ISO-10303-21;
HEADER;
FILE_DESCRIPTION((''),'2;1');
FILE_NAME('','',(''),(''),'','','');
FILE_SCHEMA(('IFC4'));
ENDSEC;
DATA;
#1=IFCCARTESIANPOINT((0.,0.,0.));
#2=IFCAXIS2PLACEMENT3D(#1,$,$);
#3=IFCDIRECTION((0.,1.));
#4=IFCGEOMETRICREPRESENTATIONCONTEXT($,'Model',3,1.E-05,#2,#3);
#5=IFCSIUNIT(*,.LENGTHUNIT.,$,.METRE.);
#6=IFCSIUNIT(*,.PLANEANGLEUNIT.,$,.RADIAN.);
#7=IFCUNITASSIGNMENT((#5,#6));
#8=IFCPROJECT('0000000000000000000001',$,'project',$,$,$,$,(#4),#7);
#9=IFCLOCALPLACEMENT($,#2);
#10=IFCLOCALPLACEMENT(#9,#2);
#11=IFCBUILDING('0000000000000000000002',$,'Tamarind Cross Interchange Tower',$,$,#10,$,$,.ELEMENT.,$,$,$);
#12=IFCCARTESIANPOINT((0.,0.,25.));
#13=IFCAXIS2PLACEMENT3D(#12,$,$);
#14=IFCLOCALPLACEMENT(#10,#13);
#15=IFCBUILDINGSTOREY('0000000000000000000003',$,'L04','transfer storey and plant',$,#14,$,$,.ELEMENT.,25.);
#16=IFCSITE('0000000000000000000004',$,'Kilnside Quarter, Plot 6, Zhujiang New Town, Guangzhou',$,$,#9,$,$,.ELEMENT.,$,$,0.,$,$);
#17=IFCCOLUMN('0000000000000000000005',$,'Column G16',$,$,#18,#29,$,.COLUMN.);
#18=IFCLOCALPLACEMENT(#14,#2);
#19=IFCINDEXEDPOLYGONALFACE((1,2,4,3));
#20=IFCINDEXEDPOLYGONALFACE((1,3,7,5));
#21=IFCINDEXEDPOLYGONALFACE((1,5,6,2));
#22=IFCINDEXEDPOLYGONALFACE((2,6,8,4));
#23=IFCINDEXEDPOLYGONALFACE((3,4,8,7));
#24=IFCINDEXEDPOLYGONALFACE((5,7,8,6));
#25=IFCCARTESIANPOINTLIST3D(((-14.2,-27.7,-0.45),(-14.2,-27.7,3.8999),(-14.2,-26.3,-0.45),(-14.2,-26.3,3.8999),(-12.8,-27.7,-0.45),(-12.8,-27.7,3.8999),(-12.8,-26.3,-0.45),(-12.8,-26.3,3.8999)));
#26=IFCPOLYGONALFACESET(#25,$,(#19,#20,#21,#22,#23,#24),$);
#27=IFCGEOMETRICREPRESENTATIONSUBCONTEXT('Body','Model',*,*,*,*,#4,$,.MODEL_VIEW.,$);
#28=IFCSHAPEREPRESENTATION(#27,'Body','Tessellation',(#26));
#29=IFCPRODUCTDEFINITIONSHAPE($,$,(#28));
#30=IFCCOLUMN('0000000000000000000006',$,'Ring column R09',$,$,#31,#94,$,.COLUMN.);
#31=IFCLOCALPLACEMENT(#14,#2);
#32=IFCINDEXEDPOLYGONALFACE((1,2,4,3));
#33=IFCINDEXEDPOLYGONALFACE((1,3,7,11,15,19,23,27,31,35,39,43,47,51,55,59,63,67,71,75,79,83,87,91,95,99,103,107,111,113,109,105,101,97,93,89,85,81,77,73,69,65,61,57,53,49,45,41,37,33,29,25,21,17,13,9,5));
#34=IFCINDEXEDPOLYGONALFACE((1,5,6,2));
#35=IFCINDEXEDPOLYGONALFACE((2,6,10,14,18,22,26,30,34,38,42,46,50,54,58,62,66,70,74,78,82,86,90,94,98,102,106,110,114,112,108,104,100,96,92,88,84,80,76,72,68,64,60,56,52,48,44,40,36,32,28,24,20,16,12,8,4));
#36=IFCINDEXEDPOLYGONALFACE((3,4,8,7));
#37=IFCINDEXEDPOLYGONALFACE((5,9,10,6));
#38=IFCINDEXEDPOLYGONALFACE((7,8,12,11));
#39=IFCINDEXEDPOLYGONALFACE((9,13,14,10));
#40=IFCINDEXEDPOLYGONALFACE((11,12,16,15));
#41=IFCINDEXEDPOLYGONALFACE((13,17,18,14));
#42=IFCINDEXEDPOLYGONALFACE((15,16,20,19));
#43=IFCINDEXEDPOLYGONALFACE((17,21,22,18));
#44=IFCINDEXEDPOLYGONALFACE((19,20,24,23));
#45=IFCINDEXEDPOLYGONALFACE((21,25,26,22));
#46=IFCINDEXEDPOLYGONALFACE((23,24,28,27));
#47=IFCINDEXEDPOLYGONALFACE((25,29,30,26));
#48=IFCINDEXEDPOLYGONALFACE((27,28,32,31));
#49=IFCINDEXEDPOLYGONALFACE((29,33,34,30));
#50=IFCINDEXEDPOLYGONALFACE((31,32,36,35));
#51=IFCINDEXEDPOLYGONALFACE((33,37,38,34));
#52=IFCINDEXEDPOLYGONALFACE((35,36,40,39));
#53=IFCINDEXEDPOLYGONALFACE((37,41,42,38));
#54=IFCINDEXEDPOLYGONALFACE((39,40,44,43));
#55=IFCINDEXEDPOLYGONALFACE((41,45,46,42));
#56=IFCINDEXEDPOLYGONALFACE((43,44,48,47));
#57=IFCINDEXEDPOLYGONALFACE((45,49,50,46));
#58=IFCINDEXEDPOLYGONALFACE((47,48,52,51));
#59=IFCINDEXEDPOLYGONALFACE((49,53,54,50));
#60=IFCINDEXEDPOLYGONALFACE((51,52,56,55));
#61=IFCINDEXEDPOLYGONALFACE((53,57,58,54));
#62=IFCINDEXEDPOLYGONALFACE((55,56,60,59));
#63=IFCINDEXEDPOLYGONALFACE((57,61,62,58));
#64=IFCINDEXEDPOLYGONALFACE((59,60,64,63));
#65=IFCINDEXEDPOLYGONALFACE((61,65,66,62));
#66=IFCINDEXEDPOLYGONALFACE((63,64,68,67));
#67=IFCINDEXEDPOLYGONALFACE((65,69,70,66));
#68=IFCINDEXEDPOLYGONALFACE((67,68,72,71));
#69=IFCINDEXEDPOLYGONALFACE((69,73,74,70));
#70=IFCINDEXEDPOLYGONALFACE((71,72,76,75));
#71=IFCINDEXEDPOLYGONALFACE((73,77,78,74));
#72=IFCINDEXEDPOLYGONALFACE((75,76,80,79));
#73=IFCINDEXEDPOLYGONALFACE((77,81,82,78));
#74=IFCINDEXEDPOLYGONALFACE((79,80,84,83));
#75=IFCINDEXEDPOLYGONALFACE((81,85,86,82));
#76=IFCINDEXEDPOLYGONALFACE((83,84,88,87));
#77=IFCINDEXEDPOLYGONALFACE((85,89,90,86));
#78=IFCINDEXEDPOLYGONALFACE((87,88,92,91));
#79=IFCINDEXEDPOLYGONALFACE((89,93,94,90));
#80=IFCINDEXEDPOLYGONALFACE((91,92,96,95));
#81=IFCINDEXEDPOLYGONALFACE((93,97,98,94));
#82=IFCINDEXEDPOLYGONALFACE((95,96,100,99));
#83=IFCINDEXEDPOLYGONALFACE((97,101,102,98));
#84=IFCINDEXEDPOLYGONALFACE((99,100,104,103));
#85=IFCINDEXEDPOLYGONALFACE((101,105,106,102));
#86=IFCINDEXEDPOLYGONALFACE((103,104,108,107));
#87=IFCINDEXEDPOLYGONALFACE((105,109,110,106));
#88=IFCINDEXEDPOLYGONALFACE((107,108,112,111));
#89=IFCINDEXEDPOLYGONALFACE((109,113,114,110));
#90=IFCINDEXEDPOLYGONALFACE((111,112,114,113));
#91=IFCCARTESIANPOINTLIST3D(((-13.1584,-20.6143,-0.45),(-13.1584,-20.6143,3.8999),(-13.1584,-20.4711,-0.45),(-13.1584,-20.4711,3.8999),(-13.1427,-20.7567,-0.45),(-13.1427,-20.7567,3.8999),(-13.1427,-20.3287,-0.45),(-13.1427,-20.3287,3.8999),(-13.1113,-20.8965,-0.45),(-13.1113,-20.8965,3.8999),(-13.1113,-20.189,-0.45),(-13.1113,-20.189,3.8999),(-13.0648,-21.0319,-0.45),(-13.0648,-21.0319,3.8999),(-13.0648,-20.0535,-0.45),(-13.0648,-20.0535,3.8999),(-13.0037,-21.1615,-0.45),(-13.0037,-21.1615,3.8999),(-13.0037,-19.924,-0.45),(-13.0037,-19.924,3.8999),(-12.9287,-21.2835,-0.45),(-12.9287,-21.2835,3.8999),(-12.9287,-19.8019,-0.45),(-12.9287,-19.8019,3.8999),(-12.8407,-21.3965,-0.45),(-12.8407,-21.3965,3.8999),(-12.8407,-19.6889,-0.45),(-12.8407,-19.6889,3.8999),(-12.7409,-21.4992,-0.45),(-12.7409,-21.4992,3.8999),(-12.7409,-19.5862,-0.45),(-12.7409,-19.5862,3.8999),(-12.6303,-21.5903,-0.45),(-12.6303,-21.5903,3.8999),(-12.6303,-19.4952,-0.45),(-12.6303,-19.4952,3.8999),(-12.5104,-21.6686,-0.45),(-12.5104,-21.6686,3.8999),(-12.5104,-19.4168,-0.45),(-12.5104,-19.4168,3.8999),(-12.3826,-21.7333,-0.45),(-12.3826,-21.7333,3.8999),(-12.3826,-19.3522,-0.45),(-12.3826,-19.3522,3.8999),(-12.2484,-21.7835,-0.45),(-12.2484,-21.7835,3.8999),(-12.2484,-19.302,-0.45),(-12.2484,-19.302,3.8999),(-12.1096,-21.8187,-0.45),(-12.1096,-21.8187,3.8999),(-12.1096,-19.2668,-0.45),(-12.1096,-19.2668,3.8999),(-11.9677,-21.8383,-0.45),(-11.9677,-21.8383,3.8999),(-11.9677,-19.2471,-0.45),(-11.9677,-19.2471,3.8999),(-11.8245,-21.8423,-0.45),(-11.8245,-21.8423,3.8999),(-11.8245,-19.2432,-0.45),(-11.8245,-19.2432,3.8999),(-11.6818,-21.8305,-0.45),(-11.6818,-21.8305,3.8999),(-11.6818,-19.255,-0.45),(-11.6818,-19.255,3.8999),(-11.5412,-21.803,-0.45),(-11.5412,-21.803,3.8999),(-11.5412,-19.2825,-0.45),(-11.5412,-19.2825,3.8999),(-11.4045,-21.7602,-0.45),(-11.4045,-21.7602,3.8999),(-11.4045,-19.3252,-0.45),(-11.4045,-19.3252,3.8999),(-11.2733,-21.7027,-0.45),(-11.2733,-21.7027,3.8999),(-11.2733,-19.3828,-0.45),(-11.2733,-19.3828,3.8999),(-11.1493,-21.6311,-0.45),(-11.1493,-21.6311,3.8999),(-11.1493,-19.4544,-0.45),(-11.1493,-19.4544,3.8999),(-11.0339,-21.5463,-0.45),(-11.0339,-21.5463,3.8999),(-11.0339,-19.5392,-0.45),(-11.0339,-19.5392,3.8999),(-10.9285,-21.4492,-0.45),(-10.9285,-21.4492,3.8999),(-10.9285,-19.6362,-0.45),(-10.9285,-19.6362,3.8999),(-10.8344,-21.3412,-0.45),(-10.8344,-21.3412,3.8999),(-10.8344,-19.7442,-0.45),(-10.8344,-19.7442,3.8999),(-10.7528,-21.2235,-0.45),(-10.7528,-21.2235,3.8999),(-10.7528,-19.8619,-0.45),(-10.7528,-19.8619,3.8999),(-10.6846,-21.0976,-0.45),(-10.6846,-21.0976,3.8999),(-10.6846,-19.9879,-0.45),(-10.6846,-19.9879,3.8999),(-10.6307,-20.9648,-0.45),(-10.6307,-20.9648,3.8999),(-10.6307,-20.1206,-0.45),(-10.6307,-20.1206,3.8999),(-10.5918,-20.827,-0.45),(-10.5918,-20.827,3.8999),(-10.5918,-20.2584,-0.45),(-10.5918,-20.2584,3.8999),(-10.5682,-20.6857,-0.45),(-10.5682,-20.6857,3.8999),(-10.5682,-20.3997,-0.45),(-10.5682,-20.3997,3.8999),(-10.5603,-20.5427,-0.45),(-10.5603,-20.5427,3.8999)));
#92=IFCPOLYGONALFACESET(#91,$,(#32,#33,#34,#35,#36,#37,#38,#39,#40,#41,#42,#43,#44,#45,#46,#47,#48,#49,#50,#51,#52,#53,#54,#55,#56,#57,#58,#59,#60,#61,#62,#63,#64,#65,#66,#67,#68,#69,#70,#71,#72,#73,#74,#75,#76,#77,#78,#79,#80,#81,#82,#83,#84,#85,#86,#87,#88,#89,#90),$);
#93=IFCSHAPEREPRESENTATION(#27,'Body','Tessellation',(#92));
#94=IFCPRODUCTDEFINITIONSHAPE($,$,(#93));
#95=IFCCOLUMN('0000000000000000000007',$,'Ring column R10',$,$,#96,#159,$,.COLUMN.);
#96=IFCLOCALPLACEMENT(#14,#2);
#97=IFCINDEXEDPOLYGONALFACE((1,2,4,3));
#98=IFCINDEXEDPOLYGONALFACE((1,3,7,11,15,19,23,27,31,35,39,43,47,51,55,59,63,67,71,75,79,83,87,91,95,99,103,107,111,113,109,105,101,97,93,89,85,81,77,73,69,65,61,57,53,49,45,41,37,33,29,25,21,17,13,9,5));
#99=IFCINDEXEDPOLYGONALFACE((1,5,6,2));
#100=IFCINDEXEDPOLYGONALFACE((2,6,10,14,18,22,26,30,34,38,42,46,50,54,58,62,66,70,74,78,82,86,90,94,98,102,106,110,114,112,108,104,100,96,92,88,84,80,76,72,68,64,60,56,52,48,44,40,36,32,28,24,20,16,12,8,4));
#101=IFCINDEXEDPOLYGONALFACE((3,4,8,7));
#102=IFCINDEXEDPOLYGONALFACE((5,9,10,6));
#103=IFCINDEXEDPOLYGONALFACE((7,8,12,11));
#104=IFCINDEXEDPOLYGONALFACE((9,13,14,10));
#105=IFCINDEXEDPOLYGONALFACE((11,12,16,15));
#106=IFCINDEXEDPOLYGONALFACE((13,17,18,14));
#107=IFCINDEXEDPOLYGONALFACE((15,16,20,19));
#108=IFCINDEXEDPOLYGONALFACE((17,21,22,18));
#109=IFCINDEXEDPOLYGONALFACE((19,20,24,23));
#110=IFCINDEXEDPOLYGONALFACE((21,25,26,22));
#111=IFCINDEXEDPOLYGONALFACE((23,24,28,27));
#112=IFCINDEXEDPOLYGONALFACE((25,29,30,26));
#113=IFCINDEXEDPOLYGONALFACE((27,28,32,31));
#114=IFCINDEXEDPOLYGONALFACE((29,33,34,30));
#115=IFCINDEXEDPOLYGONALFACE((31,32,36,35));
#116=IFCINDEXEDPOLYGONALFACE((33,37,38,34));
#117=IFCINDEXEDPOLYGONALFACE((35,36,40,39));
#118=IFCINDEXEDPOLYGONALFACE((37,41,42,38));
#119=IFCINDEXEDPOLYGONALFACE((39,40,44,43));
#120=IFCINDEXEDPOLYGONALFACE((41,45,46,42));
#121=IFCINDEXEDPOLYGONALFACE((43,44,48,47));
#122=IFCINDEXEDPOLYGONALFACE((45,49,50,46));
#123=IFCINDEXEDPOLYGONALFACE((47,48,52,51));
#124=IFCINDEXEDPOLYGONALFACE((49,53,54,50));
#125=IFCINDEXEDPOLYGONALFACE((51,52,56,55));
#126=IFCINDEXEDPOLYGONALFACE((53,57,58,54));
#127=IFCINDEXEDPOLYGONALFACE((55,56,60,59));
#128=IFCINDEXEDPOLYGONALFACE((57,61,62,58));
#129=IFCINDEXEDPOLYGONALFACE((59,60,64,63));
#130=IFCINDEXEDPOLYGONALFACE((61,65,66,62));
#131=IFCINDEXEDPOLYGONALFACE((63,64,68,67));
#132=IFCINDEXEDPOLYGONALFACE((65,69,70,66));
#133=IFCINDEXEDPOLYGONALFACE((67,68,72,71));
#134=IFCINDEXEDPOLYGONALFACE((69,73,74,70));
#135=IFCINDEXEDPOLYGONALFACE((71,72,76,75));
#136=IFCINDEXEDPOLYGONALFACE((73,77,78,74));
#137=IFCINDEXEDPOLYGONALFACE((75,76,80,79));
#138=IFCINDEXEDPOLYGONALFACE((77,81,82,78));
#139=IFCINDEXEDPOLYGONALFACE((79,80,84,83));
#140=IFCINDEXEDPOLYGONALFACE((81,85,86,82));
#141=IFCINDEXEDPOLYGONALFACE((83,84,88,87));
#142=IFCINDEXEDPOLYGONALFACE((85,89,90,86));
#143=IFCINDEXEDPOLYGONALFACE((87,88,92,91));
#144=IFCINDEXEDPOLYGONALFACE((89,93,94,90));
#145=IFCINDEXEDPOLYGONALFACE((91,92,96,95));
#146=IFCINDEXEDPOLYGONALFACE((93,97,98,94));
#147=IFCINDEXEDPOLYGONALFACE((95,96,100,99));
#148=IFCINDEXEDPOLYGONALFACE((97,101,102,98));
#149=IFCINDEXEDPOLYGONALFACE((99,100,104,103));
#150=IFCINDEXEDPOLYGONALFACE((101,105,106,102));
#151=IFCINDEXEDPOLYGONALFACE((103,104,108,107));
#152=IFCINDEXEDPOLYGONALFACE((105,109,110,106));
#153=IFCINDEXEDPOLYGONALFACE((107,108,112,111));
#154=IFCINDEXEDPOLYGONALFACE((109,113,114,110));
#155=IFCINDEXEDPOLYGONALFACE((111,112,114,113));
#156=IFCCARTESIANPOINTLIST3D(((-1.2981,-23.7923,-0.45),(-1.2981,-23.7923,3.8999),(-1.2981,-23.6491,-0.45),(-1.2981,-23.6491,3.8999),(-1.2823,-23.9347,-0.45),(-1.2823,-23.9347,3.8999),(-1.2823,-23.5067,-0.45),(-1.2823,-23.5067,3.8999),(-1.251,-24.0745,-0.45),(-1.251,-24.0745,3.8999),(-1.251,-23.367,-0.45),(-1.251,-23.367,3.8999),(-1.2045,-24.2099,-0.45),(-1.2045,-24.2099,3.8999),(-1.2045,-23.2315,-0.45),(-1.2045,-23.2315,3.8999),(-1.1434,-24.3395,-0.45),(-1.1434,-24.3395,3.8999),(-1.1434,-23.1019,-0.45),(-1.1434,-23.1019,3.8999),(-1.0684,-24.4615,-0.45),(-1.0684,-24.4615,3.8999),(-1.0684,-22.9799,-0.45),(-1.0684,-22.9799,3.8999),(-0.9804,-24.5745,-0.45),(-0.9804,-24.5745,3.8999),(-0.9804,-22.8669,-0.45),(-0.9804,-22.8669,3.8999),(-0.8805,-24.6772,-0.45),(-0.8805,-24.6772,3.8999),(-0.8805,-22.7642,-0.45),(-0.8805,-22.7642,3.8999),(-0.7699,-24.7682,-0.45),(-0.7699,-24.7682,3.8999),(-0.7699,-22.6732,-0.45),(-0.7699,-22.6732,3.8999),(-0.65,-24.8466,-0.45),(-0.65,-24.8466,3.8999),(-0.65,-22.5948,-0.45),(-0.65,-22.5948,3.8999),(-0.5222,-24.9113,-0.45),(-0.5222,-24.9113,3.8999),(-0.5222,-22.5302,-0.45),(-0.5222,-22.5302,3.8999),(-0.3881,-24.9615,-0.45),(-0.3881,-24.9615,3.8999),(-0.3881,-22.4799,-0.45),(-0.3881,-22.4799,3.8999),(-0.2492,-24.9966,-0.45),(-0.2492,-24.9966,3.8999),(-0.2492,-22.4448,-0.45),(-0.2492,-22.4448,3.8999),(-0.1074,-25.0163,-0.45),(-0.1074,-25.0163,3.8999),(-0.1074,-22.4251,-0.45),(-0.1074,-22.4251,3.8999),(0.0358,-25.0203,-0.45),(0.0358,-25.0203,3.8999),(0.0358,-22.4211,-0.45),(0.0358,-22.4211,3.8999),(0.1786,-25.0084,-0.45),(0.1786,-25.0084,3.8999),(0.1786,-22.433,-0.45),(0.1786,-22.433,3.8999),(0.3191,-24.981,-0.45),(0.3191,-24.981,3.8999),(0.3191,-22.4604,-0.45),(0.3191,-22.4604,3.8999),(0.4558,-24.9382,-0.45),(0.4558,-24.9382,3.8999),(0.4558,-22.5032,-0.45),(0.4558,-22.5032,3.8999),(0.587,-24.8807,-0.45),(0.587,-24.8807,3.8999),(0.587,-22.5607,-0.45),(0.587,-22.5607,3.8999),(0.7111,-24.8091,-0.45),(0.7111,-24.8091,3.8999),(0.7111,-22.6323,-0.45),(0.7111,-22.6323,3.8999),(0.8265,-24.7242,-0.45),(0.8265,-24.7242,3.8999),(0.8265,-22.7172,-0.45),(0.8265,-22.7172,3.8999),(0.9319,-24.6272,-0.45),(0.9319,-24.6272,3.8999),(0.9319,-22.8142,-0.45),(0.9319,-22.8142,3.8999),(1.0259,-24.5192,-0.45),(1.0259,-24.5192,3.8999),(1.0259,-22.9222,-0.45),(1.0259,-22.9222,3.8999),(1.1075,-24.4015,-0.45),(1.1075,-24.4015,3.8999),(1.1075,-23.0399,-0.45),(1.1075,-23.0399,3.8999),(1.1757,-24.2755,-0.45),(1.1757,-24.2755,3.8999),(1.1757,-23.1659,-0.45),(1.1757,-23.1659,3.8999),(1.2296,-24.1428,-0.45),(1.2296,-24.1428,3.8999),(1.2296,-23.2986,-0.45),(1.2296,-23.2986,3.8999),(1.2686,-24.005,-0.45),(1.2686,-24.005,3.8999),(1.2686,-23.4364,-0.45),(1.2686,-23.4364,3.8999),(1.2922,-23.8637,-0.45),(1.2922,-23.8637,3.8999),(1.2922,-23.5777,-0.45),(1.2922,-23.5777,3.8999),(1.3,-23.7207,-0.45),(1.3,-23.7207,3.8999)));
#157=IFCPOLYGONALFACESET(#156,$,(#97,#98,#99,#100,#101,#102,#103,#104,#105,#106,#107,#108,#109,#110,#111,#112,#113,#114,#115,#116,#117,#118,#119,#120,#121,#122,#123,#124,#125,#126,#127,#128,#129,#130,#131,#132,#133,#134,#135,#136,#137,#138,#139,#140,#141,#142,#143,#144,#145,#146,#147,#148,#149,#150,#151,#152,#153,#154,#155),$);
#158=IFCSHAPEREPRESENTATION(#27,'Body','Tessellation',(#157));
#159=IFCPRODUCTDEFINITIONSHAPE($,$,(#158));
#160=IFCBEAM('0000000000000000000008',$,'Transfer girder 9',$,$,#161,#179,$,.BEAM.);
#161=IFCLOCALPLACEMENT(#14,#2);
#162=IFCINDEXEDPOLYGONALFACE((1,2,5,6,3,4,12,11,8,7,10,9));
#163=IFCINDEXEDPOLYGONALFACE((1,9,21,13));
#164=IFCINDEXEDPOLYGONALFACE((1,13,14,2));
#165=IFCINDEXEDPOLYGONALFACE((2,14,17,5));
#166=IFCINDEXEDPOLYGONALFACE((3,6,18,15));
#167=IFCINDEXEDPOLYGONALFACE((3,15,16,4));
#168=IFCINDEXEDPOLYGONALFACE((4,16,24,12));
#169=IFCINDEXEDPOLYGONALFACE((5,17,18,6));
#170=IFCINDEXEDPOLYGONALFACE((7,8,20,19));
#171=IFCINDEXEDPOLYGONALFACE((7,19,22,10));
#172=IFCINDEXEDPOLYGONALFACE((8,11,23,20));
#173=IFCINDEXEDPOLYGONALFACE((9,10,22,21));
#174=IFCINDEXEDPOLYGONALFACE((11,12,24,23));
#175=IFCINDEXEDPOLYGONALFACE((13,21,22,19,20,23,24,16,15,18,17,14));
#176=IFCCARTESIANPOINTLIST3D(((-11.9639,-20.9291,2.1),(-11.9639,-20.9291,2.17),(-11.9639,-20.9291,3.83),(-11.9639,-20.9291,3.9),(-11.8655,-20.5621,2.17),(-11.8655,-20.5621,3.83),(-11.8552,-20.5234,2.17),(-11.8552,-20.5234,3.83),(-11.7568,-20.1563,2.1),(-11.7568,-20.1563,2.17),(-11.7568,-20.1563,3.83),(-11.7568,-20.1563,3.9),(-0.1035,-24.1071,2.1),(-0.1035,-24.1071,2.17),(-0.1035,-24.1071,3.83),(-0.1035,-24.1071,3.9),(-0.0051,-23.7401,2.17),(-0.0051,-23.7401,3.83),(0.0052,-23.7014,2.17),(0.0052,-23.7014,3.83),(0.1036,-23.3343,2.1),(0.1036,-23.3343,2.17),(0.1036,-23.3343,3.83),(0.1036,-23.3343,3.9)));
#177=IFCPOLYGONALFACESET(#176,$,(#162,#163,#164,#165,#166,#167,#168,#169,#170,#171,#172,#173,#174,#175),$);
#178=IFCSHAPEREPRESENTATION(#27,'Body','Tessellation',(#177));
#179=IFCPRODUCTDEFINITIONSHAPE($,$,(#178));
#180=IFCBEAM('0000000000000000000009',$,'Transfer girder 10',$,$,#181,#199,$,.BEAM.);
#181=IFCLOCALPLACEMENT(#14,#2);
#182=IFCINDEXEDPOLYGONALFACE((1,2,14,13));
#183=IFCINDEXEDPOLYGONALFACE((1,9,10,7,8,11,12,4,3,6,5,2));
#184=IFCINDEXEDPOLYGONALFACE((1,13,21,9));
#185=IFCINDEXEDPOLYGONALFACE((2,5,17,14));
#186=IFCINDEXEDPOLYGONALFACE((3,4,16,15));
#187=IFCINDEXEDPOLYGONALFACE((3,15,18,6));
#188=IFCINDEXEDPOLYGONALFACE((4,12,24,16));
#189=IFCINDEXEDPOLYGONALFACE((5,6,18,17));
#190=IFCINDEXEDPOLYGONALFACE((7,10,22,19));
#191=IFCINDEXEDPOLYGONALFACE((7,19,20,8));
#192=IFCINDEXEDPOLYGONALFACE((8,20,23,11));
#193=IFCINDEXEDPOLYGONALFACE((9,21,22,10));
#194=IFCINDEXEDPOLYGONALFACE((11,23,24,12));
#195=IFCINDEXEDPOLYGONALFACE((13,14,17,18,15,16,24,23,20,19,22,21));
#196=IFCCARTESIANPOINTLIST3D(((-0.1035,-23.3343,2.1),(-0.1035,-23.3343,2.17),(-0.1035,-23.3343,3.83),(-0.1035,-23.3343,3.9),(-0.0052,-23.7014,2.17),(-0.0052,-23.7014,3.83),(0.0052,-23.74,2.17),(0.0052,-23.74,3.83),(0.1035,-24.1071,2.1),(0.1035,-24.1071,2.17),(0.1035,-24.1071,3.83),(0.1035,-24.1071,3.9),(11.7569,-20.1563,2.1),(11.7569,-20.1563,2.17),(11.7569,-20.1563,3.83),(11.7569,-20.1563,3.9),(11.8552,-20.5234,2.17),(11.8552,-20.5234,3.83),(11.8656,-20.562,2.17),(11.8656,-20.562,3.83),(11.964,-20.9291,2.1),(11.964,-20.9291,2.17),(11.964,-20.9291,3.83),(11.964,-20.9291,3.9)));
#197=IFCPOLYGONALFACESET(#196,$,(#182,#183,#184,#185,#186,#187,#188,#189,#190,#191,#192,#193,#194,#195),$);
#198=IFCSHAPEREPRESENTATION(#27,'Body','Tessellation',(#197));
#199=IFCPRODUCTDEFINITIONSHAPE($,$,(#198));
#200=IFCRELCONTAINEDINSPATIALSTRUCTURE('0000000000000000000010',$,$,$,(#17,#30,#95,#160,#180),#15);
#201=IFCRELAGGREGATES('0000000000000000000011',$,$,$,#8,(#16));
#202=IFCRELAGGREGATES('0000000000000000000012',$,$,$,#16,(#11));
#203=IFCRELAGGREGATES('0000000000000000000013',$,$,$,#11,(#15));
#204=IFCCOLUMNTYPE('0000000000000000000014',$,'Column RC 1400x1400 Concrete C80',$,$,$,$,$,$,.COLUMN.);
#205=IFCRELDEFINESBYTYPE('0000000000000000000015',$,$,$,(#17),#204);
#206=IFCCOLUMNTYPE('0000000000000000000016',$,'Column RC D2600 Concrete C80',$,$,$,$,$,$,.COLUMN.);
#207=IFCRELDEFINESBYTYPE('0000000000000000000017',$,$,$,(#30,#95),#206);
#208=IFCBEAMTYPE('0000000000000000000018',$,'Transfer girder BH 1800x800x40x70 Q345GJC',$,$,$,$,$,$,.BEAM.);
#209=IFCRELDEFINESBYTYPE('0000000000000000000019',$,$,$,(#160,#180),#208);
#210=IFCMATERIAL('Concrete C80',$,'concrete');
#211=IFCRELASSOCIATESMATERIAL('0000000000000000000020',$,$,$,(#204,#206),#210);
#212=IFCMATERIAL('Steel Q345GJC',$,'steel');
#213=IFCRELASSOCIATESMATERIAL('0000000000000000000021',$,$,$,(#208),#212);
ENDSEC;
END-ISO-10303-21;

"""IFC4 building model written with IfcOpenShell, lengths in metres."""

from ifc_helpers import new_model, si_unit, direction, frame, origin, origin_2d, place, context, subcontext, project, spatial, rectangle, circle, i_section, extrude, material, material_profile, profile_set, type_object, element, save


model = new_model("IFC4")

# Units and contexts
model_context = context("Model", 3, precision=1e-05, world=origin(), true_north=direction((0.0, 1.0)))
body_context = subcontext(model_context, "Body", "Model", "MODEL_VIEW")
ifc_project = project(units=[si_unit("LENGTHUNIT", "METRE"), si_unit("PLANEANGLEUNIT", "RADIAN")], contexts=[model_context])

# Site, building, storey
site_placement = place(None, origin())
site = spatial("IfcSite", under=ifc_project, at=site_placement, Name="Kilnside Quarter, Plot 6, Zhujiang New Town, Guangzhou", CompositionType="ELEMENT", RefElevation=0.0)
building_placement = place(site_placement, origin())
building = spatial("IfcBuilding", under=site, at=building_placement, Name="Tamarind Cross Interchange Tower", CompositionType="ELEMENT")
storey_placement = place(building_placement, frame((0.0, 0.0, 25.0)))
storey = spatial("IfcBuildingStorey", under=building, at=storey_placement, Name="L04", Description="transfer storey and plant", CompositionType="ELEMENT", Elevation=25.0)

# Columns
ifc_material_1 = material(Name="Concrete C80", Category="concrete")
ifc_material_profile_1 = material_profile(ifc_material_1, rectangle(XDim=1.3999, YDim=1.3999, at=origin_2d()), Name="RC 1400x1400")
ifc_profile_set_1 = profile_set([ifc_material_profile_1], Name="Concrete C80")
column_type_1 = type_object("IfcColumnType", Name="Column RC 1400x1400 Concrete C80", PredefinedType="COLUMN", material=ifc_profile_set_1)
column_placement = place(storey_placement, frame((-13.5, -27.0, -0.45), z_axis=(0.0, 0.0, 1.0), x_axis=(1.0, 0.0, 0.0)))
element("IfcColumn", 1, at=column_placement, inside=storey, type_object=column_type_1, Name="Column G16", PredefinedType="COLUMN", context=body_context, shape_type="SweptSolid", body=[
    extrude(rectangle(XDim=1.3999, YDim=1.3999, at=origin_2d()), origin(), (0.0, 0.0, 1.0), 4.3499),
])
ifc_material_profile_2 = material_profile(ifc_material_1, circle(Radius=1.3, at=origin_2d()), Name="RC D2600")
ifc_profile_set_2 = profile_set([ifc_material_profile_2], Name="Concrete C80")
column_type_2 = type_object("IfcColumnType", Name="Column RC D2600 Concrete C80", PredefinedType="COLUMN", material=ifc_profile_set_2)
for number, where, z_axis, x_axis, name in (
    (2, (-11.8604, -20.5427, -0.45), (0.0, 0.0, 1.0), (1.0, 0.0, 0.0), "Ring column R09"),
    (3, (0.0, -23.7207, -0.45), (0.0, 0.0, 1.0), (1.0, 0.0, 0.0), "Ring column R10"),
):
    element("IfcColumn", number, at=place(storey_placement, frame(where, z_axis=z_axis, x_axis=x_axis)), inside=storey, type_object=column_type_2, Name=name, PredefinedType="COLUMN", context=body_context, shape_type="SweptSolid", body=[
        extrude(circle(Radius=1.3, at=origin_2d()), origin(), (0.0, 0.0, 1.0), 4.3499),
    ])

# Beams
ifc_material_2 = material(Name="Steel Q345GJC", Category="steel")
ifc_material_profile_3 = material_profile(ifc_material_2, i_section(OverallWidth=0.8, OverallDepth=1.8, WebThickness=0.04, FlangeThickness=0.0701, at=origin_2d()), Name="BH 1800x800x40x70")
ifc_profile_set_3 = profile_set([ifc_material_profile_3], Name="Steel Q345GJC")
beam_type = type_object("IfcBeamType", Name="Transfer girder BH 1800x800x40x70 Q345GJC", PredefinedType="BEAM", material=ifc_profile_set_3)
for number, where, z_axis, x_axis, name in (
    (4, (-11.8604, -20.5427, 3.0), (0.965926, -0.25882, 0.0), (0.25882, 0.965926, 0.0), "Transfer girder 9"),
    (5, (0.0, -23.7207, 3.0), (0.965926, 0.25882, 0.0), (-0.25882, 0.965926, 0.0), "Transfer girder 10"),
):
    element("IfcBeam", number, at=place(storey_placement, frame(where, z_axis=z_axis, x_axis=x_axis)), inside=storey, type_object=beam_type, Name=name, PredefinedType="BEAM", context=body_context, shape_type="SweptSolid", body=[
        extrude(i_section(OverallWidth=0.8, OverallDepth=1.8, WebThickness=0.04, FlangeThickness=0.0701, at=origin_2d()), origin(), (0.0, 0.0, 1.0), 12.2788),
    ])

save(model, "model.ifc")
